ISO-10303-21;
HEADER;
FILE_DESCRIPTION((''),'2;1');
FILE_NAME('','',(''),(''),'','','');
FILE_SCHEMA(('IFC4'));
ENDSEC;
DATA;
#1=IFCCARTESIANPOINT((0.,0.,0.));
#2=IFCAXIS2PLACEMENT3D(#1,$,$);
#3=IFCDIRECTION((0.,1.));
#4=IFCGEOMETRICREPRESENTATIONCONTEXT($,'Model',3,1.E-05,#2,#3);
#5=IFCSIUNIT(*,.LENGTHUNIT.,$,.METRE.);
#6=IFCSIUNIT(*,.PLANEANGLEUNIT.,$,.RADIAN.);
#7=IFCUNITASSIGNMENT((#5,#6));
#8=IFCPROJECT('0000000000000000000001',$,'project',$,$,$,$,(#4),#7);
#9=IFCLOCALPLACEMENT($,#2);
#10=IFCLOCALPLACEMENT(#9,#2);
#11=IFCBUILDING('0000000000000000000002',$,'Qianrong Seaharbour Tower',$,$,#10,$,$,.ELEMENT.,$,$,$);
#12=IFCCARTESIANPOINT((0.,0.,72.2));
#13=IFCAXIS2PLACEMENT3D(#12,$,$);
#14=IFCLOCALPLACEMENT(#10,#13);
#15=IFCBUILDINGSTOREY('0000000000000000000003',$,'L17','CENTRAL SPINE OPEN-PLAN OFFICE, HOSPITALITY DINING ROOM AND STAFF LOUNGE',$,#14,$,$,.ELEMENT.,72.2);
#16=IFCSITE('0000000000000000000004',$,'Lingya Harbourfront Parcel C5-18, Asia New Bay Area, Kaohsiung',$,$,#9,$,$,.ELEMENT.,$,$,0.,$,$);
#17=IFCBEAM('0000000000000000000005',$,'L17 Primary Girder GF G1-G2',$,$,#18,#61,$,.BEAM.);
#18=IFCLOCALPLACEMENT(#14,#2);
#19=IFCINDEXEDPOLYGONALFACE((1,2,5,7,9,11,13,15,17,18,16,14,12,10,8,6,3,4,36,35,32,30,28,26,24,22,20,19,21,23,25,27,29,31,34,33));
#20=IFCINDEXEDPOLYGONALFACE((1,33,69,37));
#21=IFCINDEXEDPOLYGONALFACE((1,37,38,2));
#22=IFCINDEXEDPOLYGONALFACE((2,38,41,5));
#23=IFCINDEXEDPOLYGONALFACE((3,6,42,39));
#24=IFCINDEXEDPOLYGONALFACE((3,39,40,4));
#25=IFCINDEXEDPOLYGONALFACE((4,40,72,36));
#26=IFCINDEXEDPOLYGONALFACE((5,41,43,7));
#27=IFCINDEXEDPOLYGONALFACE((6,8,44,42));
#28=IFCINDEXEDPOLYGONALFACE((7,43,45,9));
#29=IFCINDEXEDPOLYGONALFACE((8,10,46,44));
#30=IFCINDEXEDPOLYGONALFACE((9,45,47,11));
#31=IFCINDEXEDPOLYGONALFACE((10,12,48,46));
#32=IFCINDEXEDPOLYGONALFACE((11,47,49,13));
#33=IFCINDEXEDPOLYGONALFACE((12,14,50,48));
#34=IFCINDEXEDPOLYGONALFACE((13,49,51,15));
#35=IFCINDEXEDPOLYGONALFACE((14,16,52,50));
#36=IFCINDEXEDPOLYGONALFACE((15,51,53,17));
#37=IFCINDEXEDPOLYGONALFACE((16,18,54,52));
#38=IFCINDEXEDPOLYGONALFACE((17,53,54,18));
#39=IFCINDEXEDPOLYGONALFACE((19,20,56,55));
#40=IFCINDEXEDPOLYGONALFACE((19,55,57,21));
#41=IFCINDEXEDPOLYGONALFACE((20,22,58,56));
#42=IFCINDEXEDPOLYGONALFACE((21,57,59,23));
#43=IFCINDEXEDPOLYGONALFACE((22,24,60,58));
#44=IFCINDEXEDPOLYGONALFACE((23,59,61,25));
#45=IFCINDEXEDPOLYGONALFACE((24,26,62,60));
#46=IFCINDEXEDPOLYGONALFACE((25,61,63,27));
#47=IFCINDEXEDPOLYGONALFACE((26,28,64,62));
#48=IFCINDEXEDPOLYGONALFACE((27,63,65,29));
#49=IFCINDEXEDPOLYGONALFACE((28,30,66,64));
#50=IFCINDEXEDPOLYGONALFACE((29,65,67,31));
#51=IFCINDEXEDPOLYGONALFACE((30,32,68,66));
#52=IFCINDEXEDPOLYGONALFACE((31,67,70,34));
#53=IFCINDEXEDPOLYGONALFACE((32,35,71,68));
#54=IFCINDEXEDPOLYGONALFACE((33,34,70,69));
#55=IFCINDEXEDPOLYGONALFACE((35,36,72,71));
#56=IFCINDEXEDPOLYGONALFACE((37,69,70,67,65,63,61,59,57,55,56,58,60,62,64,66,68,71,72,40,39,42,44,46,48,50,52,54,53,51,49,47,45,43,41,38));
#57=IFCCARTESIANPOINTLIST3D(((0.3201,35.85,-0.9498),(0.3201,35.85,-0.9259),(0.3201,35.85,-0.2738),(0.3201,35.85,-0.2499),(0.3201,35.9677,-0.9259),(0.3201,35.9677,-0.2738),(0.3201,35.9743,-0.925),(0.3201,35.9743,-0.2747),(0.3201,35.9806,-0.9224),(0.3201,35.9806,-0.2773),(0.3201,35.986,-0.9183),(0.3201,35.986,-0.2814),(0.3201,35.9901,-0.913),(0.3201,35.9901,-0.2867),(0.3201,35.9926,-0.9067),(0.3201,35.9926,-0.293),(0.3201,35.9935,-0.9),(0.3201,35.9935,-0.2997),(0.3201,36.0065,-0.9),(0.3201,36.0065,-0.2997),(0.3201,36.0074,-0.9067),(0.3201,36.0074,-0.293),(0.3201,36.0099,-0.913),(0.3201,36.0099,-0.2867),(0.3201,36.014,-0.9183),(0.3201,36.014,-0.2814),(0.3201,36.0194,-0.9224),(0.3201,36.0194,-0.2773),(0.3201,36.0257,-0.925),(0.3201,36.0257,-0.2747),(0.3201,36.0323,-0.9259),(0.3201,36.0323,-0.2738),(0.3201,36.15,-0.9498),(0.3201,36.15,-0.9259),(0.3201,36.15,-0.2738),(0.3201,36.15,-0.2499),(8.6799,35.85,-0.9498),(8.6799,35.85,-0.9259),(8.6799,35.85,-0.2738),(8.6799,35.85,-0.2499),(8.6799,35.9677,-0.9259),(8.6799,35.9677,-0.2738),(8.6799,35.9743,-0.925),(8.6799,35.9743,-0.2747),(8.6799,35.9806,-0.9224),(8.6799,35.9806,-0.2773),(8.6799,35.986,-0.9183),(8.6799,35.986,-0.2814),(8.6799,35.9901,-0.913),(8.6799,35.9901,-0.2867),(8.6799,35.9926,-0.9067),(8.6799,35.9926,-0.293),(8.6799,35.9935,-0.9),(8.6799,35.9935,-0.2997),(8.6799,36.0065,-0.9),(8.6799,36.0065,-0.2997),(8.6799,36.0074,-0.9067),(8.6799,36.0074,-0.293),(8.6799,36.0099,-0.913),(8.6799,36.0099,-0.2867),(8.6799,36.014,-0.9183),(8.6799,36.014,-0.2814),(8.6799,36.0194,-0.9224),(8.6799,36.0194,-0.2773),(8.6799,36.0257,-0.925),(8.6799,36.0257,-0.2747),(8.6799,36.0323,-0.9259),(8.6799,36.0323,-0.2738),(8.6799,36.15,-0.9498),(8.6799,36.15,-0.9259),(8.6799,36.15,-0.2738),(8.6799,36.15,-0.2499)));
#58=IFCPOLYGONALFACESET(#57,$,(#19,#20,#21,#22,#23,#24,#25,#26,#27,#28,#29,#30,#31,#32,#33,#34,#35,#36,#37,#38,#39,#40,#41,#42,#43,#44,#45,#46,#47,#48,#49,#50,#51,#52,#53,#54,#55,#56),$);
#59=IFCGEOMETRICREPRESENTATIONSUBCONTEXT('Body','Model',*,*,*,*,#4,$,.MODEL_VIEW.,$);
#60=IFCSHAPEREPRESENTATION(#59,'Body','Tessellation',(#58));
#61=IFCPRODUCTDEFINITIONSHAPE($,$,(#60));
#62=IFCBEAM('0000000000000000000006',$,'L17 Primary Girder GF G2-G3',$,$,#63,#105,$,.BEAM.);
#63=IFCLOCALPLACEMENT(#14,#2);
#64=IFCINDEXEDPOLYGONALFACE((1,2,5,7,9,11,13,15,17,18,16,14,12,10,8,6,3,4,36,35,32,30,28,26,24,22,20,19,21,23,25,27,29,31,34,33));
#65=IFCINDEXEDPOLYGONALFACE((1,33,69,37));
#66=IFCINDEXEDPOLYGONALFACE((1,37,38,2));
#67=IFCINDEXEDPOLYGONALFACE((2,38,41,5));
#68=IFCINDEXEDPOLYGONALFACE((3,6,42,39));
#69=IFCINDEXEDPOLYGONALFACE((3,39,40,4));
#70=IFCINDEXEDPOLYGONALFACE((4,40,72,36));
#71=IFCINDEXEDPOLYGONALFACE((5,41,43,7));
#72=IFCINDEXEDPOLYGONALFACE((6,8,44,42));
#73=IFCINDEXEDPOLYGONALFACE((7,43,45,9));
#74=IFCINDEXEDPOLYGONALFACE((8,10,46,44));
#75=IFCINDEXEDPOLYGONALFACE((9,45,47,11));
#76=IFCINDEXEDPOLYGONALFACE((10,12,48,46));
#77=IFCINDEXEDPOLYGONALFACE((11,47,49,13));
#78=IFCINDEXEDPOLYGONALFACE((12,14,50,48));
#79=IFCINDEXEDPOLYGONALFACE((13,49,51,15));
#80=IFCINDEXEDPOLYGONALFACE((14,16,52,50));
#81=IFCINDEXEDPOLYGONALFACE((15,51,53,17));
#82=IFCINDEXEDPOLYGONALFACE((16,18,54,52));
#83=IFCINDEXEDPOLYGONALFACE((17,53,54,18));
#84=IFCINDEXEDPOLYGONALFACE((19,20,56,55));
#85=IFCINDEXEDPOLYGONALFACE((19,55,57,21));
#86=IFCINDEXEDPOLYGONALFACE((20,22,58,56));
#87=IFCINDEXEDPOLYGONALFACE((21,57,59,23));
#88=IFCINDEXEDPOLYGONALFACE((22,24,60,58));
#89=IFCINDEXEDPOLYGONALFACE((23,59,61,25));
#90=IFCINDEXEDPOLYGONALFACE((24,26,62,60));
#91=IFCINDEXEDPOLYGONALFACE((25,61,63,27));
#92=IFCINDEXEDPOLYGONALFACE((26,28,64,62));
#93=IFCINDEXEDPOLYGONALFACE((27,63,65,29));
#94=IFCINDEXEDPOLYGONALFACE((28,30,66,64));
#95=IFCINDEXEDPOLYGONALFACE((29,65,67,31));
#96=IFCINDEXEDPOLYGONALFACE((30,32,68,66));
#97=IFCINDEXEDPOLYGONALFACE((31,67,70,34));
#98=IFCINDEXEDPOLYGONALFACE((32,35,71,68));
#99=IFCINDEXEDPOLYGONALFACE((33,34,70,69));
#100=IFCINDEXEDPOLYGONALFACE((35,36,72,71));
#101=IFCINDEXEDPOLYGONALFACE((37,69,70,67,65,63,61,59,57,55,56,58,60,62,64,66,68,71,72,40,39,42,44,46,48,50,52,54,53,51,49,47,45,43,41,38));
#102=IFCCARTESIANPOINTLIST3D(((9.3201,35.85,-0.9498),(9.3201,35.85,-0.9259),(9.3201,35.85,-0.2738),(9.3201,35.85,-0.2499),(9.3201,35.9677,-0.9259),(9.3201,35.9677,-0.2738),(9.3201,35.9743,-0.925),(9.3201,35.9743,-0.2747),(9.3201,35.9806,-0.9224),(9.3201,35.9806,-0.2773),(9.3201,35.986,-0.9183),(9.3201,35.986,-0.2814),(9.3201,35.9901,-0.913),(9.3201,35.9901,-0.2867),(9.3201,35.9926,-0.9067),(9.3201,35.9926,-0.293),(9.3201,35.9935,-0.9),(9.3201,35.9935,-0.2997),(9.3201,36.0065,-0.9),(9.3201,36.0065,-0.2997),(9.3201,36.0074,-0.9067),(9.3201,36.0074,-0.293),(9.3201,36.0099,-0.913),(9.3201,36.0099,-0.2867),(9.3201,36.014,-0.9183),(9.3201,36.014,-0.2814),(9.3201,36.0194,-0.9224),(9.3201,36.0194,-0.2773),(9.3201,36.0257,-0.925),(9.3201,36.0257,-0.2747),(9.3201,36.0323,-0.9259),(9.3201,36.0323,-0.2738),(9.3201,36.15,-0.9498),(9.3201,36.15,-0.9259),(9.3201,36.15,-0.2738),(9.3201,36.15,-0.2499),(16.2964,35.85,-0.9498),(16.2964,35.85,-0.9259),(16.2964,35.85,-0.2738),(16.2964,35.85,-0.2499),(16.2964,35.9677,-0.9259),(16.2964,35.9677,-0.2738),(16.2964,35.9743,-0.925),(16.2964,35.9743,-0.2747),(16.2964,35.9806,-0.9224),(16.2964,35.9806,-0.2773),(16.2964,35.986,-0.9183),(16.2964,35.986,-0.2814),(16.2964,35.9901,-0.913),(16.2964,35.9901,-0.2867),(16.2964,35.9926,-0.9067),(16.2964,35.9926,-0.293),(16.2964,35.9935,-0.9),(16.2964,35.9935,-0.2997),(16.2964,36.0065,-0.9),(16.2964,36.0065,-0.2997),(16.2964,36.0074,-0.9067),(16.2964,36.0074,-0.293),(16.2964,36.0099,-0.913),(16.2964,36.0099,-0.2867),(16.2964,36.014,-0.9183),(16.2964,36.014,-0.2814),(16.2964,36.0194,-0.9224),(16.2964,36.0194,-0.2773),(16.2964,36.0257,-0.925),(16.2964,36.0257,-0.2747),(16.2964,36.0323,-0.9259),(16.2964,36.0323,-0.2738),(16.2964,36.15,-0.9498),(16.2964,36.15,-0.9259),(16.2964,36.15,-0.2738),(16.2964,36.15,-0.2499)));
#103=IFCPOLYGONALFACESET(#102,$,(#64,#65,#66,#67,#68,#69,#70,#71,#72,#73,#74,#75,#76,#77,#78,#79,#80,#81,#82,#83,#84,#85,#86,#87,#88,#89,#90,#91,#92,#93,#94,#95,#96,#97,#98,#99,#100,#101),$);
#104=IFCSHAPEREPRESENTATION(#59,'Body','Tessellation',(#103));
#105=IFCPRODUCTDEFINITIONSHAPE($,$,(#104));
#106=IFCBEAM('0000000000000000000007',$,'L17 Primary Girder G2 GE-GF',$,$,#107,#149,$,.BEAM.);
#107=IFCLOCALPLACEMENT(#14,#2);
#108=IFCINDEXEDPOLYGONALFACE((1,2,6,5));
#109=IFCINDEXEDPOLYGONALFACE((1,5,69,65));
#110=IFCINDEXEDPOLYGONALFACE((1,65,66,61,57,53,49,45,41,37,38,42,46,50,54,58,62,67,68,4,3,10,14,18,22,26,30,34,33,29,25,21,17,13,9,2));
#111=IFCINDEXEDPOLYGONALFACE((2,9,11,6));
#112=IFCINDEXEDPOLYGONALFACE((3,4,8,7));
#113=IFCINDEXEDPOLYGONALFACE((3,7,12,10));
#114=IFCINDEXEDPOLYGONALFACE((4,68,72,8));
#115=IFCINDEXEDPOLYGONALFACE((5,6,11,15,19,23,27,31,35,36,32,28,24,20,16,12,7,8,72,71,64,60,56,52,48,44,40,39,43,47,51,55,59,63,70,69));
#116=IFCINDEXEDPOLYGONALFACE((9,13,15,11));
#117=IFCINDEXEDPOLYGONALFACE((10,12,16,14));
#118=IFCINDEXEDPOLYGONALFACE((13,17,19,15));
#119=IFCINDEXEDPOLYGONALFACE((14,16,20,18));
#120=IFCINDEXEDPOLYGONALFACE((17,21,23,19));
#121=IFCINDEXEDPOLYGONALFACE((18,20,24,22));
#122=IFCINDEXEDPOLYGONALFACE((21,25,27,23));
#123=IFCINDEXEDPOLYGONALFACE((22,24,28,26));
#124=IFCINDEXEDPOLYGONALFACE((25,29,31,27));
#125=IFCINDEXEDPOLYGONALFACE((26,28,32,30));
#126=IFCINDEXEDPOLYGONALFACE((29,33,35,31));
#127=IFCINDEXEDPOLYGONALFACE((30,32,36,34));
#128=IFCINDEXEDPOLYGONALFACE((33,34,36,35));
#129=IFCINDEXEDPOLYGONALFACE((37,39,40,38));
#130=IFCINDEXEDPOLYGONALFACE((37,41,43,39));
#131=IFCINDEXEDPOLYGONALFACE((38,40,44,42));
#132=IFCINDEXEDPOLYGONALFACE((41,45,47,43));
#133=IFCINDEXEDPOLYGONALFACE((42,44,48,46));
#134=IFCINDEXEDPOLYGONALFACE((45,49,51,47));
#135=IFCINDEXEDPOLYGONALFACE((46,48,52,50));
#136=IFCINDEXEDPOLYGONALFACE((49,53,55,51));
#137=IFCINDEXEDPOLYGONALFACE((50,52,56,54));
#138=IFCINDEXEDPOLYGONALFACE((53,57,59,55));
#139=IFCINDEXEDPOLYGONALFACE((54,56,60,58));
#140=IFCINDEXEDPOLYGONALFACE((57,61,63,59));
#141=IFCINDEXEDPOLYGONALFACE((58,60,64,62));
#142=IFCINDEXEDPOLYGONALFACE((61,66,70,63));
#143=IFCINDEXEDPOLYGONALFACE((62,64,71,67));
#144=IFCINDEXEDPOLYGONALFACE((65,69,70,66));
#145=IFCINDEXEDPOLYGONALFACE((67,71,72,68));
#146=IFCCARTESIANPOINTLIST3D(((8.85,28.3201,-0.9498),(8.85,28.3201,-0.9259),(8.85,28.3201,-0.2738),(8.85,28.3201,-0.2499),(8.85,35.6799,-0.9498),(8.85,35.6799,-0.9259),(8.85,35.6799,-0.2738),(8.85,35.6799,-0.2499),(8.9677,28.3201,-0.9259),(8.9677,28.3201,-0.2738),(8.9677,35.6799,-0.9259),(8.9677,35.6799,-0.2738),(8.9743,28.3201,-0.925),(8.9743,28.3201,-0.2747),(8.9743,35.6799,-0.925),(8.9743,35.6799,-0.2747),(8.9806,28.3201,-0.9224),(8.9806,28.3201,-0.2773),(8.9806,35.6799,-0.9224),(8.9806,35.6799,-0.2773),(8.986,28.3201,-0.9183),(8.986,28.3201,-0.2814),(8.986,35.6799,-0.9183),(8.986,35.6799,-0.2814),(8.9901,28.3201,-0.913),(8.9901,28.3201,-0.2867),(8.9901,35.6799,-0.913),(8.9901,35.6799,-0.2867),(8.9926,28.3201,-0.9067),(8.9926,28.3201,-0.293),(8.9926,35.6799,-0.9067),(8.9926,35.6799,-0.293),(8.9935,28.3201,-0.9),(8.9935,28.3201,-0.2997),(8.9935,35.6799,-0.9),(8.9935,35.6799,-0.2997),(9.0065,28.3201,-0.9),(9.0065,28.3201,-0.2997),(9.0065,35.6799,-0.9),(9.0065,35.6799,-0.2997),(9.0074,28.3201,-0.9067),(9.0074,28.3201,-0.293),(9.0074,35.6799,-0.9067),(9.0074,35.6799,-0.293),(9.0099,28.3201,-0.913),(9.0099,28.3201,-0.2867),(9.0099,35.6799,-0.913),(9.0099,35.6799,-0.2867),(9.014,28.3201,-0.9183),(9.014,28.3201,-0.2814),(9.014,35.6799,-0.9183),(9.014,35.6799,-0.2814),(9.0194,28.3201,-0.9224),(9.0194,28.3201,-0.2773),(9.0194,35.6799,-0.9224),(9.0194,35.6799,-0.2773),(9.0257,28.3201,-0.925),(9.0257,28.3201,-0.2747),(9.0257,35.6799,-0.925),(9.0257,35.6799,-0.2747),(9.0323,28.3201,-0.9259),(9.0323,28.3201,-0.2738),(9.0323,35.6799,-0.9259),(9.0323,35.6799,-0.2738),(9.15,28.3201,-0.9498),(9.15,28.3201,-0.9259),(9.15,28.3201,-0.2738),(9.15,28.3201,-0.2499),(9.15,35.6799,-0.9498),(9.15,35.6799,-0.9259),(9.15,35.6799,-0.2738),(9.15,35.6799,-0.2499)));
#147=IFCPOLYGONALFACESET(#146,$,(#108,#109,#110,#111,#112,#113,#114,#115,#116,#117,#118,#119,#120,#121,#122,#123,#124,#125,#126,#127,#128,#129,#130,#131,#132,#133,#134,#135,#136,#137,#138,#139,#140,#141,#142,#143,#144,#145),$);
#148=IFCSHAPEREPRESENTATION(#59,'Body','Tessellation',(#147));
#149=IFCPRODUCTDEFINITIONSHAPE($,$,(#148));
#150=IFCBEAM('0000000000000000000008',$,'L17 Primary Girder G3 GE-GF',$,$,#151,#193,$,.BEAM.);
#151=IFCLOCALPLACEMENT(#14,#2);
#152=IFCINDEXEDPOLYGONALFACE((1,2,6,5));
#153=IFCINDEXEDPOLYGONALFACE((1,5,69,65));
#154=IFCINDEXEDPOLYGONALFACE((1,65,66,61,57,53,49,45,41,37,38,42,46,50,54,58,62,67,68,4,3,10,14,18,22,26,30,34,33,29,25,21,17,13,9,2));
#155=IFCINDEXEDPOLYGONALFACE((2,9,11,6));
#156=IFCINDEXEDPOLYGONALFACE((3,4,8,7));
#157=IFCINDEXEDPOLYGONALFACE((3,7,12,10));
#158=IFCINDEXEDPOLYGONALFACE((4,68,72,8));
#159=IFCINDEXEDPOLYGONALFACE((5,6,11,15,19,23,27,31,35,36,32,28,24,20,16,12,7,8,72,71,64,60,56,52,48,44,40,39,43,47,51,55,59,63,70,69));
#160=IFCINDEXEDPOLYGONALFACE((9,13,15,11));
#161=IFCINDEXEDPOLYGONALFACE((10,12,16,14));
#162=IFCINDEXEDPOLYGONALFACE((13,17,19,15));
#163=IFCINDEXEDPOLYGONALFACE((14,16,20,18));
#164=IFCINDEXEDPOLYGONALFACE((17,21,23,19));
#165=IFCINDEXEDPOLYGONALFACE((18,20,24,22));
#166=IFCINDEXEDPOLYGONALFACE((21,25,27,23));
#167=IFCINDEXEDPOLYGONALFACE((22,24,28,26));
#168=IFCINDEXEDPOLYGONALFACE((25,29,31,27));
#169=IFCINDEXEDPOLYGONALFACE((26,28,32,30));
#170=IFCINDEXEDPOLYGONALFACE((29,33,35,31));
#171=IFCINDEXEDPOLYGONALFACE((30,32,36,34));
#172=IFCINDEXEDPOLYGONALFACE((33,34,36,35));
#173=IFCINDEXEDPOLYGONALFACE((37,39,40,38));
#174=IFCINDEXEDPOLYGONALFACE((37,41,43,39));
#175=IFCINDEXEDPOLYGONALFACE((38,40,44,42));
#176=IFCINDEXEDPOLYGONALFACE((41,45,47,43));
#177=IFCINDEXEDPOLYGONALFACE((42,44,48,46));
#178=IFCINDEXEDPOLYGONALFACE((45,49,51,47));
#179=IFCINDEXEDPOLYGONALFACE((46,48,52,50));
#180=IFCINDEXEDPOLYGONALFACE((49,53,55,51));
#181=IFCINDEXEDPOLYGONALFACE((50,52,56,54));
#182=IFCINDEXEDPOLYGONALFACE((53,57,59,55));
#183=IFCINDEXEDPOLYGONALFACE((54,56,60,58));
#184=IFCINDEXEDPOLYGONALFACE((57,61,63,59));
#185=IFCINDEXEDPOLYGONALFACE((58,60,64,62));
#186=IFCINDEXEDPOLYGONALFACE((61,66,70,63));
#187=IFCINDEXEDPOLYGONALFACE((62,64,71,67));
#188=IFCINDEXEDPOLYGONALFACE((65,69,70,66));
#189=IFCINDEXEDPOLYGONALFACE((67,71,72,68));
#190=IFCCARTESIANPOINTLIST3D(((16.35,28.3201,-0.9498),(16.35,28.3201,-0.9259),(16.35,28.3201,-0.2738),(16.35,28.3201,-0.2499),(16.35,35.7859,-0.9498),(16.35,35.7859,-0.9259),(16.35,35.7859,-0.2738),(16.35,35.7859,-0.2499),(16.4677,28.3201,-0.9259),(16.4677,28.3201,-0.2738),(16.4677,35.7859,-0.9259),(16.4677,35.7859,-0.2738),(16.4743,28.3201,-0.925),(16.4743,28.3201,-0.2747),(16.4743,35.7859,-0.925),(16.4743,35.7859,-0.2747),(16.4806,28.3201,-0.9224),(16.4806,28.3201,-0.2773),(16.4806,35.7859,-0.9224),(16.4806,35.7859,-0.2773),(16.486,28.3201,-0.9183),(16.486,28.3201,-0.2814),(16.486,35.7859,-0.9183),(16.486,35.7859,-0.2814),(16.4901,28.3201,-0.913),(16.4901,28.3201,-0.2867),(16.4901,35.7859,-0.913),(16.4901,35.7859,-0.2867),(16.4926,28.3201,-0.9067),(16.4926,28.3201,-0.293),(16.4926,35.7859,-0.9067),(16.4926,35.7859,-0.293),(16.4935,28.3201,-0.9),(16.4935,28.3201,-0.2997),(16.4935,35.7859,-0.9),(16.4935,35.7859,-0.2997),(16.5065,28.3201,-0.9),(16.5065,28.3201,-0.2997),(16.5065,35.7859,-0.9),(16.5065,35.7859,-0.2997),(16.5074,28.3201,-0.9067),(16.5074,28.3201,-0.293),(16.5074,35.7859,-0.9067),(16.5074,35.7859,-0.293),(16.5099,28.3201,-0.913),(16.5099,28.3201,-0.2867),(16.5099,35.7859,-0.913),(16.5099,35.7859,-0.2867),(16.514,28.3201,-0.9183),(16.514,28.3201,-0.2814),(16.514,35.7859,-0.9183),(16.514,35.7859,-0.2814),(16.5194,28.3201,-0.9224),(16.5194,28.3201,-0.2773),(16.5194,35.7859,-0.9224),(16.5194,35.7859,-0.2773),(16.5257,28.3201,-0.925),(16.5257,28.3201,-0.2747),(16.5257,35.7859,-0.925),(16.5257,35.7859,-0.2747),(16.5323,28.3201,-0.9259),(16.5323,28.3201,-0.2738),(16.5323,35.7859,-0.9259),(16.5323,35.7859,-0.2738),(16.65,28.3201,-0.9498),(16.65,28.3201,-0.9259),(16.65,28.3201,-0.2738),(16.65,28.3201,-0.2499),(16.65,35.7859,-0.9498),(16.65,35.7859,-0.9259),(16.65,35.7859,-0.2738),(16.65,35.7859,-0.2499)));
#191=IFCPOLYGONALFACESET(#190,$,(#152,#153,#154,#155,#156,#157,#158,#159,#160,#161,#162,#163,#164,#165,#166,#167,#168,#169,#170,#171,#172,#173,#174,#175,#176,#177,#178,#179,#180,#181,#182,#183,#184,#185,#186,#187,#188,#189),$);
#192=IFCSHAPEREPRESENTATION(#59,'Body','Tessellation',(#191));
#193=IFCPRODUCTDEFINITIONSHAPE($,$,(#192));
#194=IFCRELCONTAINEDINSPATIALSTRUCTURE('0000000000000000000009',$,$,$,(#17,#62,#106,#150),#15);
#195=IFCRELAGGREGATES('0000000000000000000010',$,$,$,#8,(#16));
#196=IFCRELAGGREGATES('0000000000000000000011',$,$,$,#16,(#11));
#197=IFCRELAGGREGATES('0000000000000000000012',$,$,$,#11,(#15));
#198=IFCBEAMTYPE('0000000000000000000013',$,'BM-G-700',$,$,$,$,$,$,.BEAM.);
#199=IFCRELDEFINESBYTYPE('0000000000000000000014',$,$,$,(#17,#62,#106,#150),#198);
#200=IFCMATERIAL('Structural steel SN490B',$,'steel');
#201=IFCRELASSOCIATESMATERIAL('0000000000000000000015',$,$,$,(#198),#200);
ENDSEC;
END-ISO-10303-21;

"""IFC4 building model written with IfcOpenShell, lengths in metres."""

from ifc_helpers import new_model, si_unit, direction, frame, origin, origin_2d, place, context, subcontext, project, spatial, i_section, extrude, material, material_profile, profile_set, type_object, element, save


model = new_model("IFC4")

# Units and contexts
model_context = context("Model", 3, precision=1e-05, world=origin(), true_north=direction((0.0, 1.0)))
body_context = subcontext(model_context, "Body", "Model", "MODEL_VIEW")
ifc_project = project(units=[si_unit("LENGTHUNIT", "METRE"), si_unit("PLANEANGLEUNIT", "RADIAN")], contexts=[model_context])

# Site, building, storey
site_placement = place(None, origin())
site = spatial("IfcSite", under=ifc_project, at=site_placement, Name="Lingya Harbourfront Parcel C5-18, Asia New Bay Area, Kaohsiung", CompositionType="ELEMENT", RefElevation=0.0)
building_placement = place(site_placement, origin())
building = spatial("IfcBuilding", under=site, at=building_placement, Name="Qianrong Seaharbour Tower", CompositionType="ELEMENT")
storey_placement = place(building_placement, frame((0.0, 0.0, 72.2)))
storey = spatial("IfcBuildingStorey", under=building, at=storey_placement, Name="L17", Description="CENTRAL SPINE OPEN-PLAN OFFICE, HOSPITALITY DINING ROOM AND STAFF LOUNGE", CompositionType="ELEMENT", Elevation=72.2)

# Shared definitions
ifc_material_1 = material(Name="Structural steel SN490B", Category="steel")

# Beams
ifc_material_profile_1 = material_profile(ifc_material_1, i_section(OverallWidth=0.3, OverallDepth=0.7, WebThickness=0.0129, FlangeThickness=0.0239, FilletRadius=0.0259, at=origin_2d()), Name="H700x300x13x24")
ifc_profile_set_1 = profile_set([ifc_material_profile_1], Name="Structural steel SN490B")
beam_type_1 = type_object("IfcBeamType", Name="BM-G-700", PredefinedType="BEAM", material=ifc_profile_set_1)
beam_1_placement = place(storey_placement, frame((0.3201, 36.0, -0.5999), z_axis=(1.0, 0.0, 0.0), x_axis=(0.0, 1.0, 0.0)))
element("IfcBeam", 1, at=beam_1_placement, inside=storey, type_object=beam_type_1, Name="L17 Primary Girder GF G1-G2", PredefinedType="BEAM", context=body_context, shape_type="SweptSolid", body=[
    extrude(i_section(OverallWidth=0.3, OverallDepth=0.7, WebThickness=0.0129, FlangeThickness=0.0239, FilletRadius=0.0259, at=origin_2d()), origin(), (0.0, 0.0, 1.0), 8.3599),
])
beam_2_placement = place(storey_placement, frame((9.3201, 36.0, -0.5999), z_axis=(1.0, 0.0, 0.0), x_axis=(0.0, 1.0, 0.0)))
element("IfcBeam", 2, at=beam_2_placement, inside=storey, type_object=beam_type_1, Name="L17 Primary Girder GF G2-G3", PredefinedType="BEAM", context=body_context, shape_type="SweptSolid", body=[
    extrude(i_section(OverallWidth=0.3, OverallDepth=0.7, WebThickness=0.0129, FlangeThickness=0.0239, FilletRadius=0.0259, at=origin_2d()), origin(), (0.0, 0.0, 1.0), 6.9763),
])
beam_3_placement = place(storey_placement, frame((9.0, 28.3201, -0.5999), z_axis=(0.0, 1.0, 0.0), x_axis=(-1.0, 0.0, 0.0)))
element("IfcBeam", 3, at=beam_3_placement, inside=storey, type_object=beam_type_1, Name="L17 Primary Girder G2 GE-GF", PredefinedType="BEAM", context=body_context, shape_type="SweptSolid", body=[
    extrude(i_section(OverallWidth=0.3, OverallDepth=0.7, WebThickness=0.0129, FlangeThickness=0.0239, FilletRadius=0.0259, at=origin_2d()), origin(), (0.0, 0.0, 1.0), 7.3599),
])
beam_4_placement = place(storey_placement, frame((16.5, 28.3201, -0.5999), z_axis=(0.0, 1.0, 0.0), x_axis=(-1.0, 0.0, 0.0)))
element("IfcBeam", 4, at=beam_4_placement, inside=storey, type_object=beam_type_1, Name="L17 Primary Girder G3 GE-GF", PredefinedType="BEAM", context=body_context, shape_type="SweptSolid", body=[
    extrude(i_section(OverallWidth=0.3, OverallDepth=0.7, WebThickness=0.0129, FlangeThickness=0.0239, FilletRadius=0.0259, at=origin_2d()), origin(), (0.0, 0.0, 1.0), 7.4658),
])

save(model, "model.ifc")
